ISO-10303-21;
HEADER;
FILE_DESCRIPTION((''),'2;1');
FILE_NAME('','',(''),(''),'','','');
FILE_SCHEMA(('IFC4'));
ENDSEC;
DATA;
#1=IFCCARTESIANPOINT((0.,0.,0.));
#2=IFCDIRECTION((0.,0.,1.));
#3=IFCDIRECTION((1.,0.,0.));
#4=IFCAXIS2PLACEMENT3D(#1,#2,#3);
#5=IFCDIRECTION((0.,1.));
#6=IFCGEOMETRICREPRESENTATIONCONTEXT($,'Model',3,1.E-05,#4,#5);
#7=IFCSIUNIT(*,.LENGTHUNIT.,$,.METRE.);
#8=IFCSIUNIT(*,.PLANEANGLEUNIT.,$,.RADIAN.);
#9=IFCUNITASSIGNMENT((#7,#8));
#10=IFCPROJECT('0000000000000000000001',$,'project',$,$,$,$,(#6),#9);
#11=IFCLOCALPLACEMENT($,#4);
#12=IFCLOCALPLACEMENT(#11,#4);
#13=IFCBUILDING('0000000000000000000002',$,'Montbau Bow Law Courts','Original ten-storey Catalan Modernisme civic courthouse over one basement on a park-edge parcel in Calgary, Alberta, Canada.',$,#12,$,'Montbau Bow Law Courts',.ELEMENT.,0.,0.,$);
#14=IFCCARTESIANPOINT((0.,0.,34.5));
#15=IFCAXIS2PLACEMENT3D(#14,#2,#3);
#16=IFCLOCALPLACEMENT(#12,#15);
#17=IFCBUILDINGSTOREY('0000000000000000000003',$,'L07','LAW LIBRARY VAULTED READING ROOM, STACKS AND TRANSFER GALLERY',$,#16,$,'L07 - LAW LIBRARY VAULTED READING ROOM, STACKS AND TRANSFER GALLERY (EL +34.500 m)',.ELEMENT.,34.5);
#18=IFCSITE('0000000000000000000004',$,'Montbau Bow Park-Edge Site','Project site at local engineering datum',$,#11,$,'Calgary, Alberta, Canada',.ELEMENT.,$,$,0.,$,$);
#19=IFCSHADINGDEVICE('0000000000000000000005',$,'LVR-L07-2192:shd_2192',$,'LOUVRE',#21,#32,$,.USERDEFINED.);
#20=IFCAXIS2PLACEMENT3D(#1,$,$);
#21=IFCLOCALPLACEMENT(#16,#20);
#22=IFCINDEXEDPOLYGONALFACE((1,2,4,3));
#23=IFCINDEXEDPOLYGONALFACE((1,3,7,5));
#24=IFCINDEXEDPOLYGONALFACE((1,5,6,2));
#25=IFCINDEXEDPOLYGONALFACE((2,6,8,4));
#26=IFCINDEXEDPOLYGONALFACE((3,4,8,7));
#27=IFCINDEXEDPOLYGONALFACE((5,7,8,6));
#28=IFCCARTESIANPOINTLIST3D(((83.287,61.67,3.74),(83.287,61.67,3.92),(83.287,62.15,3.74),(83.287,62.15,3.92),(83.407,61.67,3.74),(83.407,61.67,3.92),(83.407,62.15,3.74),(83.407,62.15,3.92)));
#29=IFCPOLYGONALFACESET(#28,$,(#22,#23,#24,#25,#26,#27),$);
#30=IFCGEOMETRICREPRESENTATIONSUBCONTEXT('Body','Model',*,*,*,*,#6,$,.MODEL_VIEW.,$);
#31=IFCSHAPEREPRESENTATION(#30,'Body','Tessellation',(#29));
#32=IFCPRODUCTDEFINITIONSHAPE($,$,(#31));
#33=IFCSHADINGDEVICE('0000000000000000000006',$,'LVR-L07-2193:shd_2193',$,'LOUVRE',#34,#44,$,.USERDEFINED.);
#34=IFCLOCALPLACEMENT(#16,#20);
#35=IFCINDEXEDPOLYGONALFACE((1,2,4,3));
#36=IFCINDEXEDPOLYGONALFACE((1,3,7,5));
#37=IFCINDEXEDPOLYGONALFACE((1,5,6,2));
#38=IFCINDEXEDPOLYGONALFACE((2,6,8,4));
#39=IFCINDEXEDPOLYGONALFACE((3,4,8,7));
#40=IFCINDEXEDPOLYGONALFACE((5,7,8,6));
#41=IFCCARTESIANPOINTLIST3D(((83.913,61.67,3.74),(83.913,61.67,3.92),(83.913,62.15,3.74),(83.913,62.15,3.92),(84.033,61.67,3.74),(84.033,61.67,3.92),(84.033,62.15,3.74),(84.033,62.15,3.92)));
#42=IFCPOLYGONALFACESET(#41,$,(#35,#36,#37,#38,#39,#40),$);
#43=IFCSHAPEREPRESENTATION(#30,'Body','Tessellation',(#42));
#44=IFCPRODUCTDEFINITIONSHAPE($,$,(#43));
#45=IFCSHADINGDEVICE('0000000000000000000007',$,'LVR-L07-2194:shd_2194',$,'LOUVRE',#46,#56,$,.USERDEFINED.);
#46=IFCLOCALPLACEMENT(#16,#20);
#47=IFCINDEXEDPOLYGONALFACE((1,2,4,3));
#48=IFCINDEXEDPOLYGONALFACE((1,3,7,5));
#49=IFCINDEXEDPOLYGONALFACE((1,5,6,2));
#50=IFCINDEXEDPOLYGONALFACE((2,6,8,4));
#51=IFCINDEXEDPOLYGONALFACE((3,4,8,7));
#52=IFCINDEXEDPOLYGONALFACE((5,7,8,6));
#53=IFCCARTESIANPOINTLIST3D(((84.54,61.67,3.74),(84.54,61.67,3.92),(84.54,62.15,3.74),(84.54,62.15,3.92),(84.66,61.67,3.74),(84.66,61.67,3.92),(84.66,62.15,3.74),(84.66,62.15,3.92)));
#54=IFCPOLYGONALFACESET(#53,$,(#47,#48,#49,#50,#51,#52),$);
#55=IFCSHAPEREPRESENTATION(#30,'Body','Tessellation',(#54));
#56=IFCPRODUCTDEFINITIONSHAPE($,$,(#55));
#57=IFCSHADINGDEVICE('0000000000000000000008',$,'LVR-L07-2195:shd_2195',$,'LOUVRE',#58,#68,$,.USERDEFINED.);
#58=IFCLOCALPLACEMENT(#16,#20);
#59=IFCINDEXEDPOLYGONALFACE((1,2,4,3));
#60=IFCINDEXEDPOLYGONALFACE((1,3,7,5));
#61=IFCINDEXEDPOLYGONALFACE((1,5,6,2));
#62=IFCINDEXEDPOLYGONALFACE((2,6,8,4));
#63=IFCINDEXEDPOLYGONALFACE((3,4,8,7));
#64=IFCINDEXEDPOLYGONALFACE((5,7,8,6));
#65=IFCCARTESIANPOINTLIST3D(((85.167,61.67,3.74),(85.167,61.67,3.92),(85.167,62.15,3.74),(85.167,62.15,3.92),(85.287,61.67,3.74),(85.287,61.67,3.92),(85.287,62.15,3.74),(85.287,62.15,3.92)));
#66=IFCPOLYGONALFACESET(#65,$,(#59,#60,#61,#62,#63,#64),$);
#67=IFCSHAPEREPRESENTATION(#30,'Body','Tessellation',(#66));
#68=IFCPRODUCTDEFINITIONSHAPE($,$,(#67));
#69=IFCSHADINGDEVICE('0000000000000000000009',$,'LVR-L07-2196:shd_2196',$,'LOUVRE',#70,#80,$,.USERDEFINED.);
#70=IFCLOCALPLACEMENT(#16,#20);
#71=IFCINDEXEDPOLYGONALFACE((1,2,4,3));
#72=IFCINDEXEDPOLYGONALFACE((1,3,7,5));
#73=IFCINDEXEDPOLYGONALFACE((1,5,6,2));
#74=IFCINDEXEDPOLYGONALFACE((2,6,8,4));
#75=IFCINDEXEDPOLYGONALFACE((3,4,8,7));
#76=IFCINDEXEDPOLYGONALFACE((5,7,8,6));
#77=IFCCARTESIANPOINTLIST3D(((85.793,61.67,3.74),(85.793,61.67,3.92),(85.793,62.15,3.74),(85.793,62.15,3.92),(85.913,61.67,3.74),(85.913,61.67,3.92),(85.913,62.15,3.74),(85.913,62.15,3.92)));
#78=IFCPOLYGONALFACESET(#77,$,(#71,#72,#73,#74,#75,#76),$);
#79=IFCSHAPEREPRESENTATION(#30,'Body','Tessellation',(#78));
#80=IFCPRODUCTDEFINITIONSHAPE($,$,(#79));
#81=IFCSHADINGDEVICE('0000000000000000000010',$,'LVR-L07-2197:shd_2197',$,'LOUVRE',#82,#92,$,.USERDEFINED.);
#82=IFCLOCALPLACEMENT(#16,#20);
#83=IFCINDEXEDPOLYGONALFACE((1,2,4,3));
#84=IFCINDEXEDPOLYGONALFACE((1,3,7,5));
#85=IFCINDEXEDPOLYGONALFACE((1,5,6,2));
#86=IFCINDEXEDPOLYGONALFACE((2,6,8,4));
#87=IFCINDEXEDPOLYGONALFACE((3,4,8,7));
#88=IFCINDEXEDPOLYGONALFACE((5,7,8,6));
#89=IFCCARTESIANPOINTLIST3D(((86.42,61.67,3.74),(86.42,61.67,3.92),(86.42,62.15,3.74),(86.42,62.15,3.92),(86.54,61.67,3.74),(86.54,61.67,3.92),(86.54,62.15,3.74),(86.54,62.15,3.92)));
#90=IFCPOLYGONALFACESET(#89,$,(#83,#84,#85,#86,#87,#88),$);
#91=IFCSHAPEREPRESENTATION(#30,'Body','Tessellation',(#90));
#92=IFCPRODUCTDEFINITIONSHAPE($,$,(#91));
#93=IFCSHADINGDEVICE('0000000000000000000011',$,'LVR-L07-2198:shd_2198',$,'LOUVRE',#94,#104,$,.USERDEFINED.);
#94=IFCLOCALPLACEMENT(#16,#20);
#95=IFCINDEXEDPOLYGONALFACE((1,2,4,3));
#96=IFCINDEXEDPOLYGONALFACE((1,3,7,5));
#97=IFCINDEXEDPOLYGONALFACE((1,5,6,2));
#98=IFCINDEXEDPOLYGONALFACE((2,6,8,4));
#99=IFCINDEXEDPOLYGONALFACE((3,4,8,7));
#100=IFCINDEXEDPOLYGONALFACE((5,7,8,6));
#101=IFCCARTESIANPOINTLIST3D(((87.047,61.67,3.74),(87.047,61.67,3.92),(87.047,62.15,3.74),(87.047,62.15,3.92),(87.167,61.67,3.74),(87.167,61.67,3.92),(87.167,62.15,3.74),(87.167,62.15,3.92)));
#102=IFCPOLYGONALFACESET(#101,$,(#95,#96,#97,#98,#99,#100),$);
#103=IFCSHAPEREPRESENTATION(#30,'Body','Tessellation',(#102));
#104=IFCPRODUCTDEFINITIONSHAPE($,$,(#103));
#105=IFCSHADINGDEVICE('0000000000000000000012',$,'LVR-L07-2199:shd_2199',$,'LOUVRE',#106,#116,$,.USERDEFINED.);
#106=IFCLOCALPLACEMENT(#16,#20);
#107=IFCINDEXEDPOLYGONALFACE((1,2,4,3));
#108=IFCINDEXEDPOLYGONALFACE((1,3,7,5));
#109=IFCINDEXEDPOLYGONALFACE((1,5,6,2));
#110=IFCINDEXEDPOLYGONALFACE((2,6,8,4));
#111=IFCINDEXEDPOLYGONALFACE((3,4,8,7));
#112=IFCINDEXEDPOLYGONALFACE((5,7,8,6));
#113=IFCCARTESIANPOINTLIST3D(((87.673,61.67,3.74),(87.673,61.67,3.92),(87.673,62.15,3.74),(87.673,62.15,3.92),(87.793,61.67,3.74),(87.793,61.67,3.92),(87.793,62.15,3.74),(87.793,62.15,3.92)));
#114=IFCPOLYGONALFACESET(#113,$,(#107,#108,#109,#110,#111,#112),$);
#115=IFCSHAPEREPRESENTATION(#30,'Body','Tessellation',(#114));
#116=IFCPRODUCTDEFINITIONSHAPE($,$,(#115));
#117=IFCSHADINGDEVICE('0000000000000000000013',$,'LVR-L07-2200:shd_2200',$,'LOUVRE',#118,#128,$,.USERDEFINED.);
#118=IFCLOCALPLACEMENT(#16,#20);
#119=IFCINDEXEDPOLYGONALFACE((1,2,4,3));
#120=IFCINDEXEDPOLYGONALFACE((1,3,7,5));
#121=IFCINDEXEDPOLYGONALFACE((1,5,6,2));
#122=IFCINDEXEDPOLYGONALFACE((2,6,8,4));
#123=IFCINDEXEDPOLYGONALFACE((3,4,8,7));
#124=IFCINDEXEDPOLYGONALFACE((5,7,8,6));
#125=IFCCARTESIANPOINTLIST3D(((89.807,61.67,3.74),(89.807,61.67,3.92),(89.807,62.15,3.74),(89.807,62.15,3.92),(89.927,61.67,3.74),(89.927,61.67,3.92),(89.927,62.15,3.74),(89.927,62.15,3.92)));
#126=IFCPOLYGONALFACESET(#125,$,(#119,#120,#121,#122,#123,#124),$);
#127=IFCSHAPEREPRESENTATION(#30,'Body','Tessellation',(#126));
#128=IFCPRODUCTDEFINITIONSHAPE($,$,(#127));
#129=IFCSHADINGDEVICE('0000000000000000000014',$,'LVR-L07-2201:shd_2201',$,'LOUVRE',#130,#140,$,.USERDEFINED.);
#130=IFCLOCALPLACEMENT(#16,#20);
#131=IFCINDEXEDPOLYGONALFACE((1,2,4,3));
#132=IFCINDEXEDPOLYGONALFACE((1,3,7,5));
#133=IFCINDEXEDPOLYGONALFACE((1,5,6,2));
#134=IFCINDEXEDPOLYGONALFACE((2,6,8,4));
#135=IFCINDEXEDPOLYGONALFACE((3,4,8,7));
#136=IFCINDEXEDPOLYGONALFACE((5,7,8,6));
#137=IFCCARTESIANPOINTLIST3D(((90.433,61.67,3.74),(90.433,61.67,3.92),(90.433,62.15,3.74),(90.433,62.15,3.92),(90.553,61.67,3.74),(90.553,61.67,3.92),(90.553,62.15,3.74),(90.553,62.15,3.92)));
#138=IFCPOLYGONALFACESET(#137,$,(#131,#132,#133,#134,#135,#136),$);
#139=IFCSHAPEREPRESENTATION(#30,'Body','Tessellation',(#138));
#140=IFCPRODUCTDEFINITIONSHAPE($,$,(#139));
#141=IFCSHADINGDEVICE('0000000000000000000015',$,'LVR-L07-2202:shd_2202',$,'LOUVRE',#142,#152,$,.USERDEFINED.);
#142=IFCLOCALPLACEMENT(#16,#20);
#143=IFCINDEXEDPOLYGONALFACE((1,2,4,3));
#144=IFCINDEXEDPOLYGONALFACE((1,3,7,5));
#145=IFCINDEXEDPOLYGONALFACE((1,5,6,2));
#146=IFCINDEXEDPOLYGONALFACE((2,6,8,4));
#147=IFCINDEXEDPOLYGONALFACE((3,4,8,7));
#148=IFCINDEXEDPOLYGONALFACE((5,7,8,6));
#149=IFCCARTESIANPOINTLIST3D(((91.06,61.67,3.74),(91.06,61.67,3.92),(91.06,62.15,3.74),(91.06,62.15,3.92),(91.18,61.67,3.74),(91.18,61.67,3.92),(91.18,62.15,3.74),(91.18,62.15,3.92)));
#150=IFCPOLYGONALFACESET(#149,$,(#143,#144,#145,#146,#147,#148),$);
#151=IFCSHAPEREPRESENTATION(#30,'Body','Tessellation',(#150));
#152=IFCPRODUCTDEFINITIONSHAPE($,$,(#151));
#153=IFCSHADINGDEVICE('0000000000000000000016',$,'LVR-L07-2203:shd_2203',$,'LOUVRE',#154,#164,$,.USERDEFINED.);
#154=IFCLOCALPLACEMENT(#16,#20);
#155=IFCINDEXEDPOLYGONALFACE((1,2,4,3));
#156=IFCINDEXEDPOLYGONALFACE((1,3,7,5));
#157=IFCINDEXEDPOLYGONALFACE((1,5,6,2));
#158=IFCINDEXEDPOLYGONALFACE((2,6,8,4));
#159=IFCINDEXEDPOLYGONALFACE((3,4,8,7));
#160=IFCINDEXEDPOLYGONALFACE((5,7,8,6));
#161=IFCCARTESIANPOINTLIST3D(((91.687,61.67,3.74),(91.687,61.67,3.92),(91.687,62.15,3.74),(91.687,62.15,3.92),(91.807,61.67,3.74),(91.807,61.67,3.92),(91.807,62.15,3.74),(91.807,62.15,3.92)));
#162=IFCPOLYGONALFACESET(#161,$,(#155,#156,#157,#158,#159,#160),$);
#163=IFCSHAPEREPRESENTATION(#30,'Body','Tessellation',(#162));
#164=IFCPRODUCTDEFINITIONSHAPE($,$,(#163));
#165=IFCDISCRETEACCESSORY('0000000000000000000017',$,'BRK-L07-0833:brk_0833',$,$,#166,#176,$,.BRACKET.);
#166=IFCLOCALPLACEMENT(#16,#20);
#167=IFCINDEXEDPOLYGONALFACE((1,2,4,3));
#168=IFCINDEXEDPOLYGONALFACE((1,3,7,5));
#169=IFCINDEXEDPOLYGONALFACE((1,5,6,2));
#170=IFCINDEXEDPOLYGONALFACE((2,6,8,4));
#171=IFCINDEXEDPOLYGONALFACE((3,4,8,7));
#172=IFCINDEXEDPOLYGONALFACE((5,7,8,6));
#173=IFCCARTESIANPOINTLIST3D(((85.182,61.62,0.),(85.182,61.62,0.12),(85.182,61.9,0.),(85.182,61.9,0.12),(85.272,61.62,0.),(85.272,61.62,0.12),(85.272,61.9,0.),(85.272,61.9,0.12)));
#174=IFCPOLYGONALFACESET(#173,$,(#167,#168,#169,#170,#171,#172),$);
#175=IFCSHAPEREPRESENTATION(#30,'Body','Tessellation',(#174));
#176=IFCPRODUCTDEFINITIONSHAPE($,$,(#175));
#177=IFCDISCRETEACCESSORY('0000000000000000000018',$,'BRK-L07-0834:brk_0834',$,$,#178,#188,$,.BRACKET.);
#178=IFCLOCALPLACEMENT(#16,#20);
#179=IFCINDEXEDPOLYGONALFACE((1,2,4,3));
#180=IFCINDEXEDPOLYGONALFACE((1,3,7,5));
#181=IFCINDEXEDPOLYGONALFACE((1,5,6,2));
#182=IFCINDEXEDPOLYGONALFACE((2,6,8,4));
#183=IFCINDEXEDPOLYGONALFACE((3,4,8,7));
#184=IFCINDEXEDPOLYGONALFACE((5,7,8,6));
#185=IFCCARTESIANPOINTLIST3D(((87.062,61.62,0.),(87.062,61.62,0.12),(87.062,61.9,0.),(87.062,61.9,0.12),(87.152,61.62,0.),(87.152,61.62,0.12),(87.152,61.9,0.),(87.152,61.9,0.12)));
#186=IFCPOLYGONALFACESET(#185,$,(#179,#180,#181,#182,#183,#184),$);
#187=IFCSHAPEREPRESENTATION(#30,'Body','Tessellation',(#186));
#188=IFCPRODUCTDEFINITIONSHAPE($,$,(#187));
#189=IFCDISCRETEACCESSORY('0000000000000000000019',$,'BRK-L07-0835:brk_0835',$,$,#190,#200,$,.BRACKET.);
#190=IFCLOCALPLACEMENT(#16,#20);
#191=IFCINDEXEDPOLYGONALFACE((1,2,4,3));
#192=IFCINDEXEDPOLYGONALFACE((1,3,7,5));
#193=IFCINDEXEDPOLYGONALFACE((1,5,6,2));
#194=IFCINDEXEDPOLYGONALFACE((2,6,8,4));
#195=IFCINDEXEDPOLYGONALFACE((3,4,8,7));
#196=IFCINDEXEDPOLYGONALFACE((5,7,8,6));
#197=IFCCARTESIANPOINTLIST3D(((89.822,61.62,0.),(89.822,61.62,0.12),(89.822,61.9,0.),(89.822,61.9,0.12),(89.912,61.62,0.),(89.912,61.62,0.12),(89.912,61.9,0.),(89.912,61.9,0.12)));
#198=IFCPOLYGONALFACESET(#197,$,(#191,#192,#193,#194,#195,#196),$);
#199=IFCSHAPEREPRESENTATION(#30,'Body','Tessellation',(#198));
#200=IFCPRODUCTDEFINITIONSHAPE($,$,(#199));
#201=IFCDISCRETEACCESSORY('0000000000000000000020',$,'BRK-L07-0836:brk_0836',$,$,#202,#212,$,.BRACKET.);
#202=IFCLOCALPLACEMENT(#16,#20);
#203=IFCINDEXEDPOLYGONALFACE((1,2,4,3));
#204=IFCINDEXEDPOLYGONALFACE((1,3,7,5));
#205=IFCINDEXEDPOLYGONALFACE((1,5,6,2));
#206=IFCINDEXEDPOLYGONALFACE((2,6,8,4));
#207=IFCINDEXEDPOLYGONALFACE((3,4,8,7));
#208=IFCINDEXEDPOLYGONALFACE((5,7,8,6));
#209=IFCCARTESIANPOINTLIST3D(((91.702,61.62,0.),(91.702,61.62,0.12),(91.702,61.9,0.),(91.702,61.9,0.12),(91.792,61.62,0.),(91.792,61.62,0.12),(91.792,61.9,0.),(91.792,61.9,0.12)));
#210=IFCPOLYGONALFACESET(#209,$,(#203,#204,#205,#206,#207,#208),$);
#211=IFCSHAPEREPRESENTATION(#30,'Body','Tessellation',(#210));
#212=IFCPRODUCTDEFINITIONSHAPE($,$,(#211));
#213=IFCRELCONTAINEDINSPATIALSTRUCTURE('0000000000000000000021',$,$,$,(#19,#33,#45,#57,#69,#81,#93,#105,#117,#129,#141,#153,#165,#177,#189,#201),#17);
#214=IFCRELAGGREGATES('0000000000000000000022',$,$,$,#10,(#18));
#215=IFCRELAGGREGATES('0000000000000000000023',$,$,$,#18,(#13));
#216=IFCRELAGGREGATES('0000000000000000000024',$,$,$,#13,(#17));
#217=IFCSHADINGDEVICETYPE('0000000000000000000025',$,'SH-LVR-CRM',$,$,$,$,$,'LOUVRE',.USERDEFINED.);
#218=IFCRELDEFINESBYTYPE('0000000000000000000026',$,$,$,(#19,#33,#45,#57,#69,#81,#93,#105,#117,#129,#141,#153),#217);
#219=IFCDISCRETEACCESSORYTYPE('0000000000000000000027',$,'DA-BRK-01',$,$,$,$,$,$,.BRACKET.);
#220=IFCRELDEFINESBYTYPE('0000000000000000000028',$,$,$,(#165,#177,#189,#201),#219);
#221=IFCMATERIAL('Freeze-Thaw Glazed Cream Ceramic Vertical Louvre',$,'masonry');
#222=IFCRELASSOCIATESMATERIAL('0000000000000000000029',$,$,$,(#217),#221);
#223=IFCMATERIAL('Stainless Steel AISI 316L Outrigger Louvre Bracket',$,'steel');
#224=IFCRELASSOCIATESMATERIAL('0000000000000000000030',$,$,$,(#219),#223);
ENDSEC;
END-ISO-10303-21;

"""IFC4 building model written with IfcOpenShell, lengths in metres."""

from ifc_helpers import new_model, si_unit, direction, frame, origin_with_axes, origin_2d_with_axis, place, context, subcontext, project, spatial, rectangle, extrude, material, type_object, element, save


model = new_model("IFC4")

# Units and contexts
model_context = context("Model", 3, precision=1e-05, world=origin_with_axes(), true_north=direction((0.0, 1.0)))
body_context = subcontext(model_context, "Body", "Model", "MODEL_VIEW")
ifc_project = project(units=[si_unit("LENGTHUNIT", "METRE"), si_unit("PLANEANGLEUNIT", "RADIAN")], contexts=[model_context])

# Site, building, storey
site_placement = place(None, origin_with_axes())
site = spatial("IfcSite", under=ifc_project, at=site_placement, Name="Montbau Bow Park-Edge Site", Description="Project site at local engineering datum", LongName="Calgary, Alberta, Canada", CompositionType="ELEMENT", RefElevation=0.0)
building_placement = place(site_placement, origin_with_axes())
building = spatial("IfcBuilding", under=site, at=building_placement, Name="Montbau Bow Law Courts", Description="Original ten-storey Catalan Modernisme civic courthouse over one basement on a park-edge parcel in Calgary, Alberta, Canada.", LongName="Montbau Bow Law Courts", CompositionType="ELEMENT", ElevationOfRefHeight=0.0, ElevationOfTerrain=0.0)
storey_placement = place(building_placement, frame((0.0, 0.0, 34.5), z_axis=(0.0, 0.0, 1.0), x_axis=(1.0, 0.0, 0.0)))
storey = spatial("IfcBuildingStorey", under=building, at=storey_placement, Name="L07", Description="LAW LIBRARY VAULTED READING ROOM, STACKS AND TRANSFER GALLERY", LongName="L07 - LAW LIBRARY VAULTED READING ROOM, STACKS AND TRANSFER GALLERY (EL +34.500 m)", CompositionType="ELEMENT", Elevation=34.5)

# Shading devices
ifc_material_1 = material(Name="Freeze-Thaw Glazed Cream Ceramic Vertical Louvre", Category="masonry")
shading_device_type = type_object("IfcShadingDeviceType", Name="SH-LVR-CRM", ElementType="LOUVRE", PredefinedType="USERDEFINED", material=ifc_material_1)
for number, where, z_axis, x_axis, name in (
    (1, (83.347, 61.91, 38.24), (0.0, 0.0, 1.0), (0.0, 1.0, 0.0), "LVR-L07-2192:shd_2192"),
    (2, (83.973, 61.91, 38.24), (0.0, 0.0, 1.0), (0.0, 1.0, 0.0), "LVR-L07-2193:shd_2193"),
    (3, (84.6, 61.91, 38.24), (0.0, 0.0, 1.0), (0.0, 1.0, 0.0), "LVR-L07-2194:shd_2194"),
    (4, (85.227, 61.91, 38.24), (0.0, 0.0, 1.0), (0.0, 1.0, 0.0), "LVR-L07-2195:shd_2195"),
    (5, (85.853, 61.91, 38.24), (0.0, 0.0, 1.0), (0.0, 1.0, 0.0), "LVR-L07-2196:shd_2196"),
    (6, (86.48, 61.91, 38.24), (0.0, 0.0, 1.0), (0.0, 1.0, 0.0), "LVR-L07-2197:shd_2197"),
    (7, (87.107, 61.91, 38.24), (0.0, 0.0, 1.0), (0.0, 1.0, 0.0), "LVR-L07-2198:shd_2198"),
    (8, (87.733, 61.91, 38.24), (0.0, 0.0, 1.0), (0.0, 1.0, 0.0), "LVR-L07-2199:shd_2199"),
    (9, (89.867, 61.91, 38.24), (0.0, 0.0, 1.0), (0.0, 1.0, 0.0), "LVR-L07-2200:shd_2200"),
    (10, (90.493, 61.91, 38.24), (0.0, 0.0, 1.0), (0.0, 1.0, 0.0), "LVR-L07-2201:shd_2201"),
    (11, (91.12, 61.91, 38.24), (0.0, 0.0, 1.0), (0.0, 1.0, 0.0), "LVR-L07-2202:shd_2202"),
    (12, (91.747, 61.91, 38.24), (0.0, 0.0, 1.0), (0.0, 1.0, 0.0), "LVR-L07-2203:shd_2203"),
):
    element("IfcShadingDevice", number, at=place(None, frame(where, z_axis=z_axis, x_axis=x_axis)), inside=storey, type_object=shading_device_type, Name=name, ObjectType="LOUVRE", PredefinedType="USERDEFINED", context=body_context, shape_type="SweptSolid", body=[
        extrude(rectangle(XDim=0.48, YDim=0.12, at=origin_2d_with_axis()), origin_with_axes(), (0.0, 0.0, 1.0), 0.18),
    ])

# Discrete accessories
ifc_material_2 = material(Name="Stainless Steel AISI 316L Outrigger Louvre Bracket", Category="steel")
discrete_accessory_type = type_object("IfcDiscreteAccessoryType", Name="DA-BRK-01", PredefinedType="BRACKET", material=ifc_material_2)
for number, where, z_axis, x_axis, name in (
    (13, (85.227, 61.76, 34.5), (0.0, 0.0, 1.0), (0.0, 1.0, 0.0), "BRK-L07-0833:brk_0833"),
    (14, (87.107, 61.76, 34.5), (0.0, 0.0, 1.0), (0.0, 1.0, 0.0), "BRK-L07-0834:brk_0834"),
    (15, (89.867, 61.76, 34.5), (0.0, 0.0, 1.0), (0.0, 1.0, 0.0), "BRK-L07-0835:brk_0835"),
    (16, (91.747, 61.76, 34.5), (0.0, 0.0, 1.0), (0.0, 1.0, 0.0), "BRK-L07-0836:brk_0836"),
):
    element("IfcDiscreteAccessory", number, at=place(None, frame(where, z_axis=z_axis, x_axis=x_axis)), inside=storey, type_object=discrete_accessory_type, Name=name, PredefinedType="BRACKET", context=body_context, shape_type="SweptSolid", body=[
        extrude(rectangle(XDim=0.28, YDim=0.09, at=origin_2d_with_axis()), origin_with_axes(), (0.0, 0.0, 1.0), 0.12),
    ])

save(model, "model.ifc")
